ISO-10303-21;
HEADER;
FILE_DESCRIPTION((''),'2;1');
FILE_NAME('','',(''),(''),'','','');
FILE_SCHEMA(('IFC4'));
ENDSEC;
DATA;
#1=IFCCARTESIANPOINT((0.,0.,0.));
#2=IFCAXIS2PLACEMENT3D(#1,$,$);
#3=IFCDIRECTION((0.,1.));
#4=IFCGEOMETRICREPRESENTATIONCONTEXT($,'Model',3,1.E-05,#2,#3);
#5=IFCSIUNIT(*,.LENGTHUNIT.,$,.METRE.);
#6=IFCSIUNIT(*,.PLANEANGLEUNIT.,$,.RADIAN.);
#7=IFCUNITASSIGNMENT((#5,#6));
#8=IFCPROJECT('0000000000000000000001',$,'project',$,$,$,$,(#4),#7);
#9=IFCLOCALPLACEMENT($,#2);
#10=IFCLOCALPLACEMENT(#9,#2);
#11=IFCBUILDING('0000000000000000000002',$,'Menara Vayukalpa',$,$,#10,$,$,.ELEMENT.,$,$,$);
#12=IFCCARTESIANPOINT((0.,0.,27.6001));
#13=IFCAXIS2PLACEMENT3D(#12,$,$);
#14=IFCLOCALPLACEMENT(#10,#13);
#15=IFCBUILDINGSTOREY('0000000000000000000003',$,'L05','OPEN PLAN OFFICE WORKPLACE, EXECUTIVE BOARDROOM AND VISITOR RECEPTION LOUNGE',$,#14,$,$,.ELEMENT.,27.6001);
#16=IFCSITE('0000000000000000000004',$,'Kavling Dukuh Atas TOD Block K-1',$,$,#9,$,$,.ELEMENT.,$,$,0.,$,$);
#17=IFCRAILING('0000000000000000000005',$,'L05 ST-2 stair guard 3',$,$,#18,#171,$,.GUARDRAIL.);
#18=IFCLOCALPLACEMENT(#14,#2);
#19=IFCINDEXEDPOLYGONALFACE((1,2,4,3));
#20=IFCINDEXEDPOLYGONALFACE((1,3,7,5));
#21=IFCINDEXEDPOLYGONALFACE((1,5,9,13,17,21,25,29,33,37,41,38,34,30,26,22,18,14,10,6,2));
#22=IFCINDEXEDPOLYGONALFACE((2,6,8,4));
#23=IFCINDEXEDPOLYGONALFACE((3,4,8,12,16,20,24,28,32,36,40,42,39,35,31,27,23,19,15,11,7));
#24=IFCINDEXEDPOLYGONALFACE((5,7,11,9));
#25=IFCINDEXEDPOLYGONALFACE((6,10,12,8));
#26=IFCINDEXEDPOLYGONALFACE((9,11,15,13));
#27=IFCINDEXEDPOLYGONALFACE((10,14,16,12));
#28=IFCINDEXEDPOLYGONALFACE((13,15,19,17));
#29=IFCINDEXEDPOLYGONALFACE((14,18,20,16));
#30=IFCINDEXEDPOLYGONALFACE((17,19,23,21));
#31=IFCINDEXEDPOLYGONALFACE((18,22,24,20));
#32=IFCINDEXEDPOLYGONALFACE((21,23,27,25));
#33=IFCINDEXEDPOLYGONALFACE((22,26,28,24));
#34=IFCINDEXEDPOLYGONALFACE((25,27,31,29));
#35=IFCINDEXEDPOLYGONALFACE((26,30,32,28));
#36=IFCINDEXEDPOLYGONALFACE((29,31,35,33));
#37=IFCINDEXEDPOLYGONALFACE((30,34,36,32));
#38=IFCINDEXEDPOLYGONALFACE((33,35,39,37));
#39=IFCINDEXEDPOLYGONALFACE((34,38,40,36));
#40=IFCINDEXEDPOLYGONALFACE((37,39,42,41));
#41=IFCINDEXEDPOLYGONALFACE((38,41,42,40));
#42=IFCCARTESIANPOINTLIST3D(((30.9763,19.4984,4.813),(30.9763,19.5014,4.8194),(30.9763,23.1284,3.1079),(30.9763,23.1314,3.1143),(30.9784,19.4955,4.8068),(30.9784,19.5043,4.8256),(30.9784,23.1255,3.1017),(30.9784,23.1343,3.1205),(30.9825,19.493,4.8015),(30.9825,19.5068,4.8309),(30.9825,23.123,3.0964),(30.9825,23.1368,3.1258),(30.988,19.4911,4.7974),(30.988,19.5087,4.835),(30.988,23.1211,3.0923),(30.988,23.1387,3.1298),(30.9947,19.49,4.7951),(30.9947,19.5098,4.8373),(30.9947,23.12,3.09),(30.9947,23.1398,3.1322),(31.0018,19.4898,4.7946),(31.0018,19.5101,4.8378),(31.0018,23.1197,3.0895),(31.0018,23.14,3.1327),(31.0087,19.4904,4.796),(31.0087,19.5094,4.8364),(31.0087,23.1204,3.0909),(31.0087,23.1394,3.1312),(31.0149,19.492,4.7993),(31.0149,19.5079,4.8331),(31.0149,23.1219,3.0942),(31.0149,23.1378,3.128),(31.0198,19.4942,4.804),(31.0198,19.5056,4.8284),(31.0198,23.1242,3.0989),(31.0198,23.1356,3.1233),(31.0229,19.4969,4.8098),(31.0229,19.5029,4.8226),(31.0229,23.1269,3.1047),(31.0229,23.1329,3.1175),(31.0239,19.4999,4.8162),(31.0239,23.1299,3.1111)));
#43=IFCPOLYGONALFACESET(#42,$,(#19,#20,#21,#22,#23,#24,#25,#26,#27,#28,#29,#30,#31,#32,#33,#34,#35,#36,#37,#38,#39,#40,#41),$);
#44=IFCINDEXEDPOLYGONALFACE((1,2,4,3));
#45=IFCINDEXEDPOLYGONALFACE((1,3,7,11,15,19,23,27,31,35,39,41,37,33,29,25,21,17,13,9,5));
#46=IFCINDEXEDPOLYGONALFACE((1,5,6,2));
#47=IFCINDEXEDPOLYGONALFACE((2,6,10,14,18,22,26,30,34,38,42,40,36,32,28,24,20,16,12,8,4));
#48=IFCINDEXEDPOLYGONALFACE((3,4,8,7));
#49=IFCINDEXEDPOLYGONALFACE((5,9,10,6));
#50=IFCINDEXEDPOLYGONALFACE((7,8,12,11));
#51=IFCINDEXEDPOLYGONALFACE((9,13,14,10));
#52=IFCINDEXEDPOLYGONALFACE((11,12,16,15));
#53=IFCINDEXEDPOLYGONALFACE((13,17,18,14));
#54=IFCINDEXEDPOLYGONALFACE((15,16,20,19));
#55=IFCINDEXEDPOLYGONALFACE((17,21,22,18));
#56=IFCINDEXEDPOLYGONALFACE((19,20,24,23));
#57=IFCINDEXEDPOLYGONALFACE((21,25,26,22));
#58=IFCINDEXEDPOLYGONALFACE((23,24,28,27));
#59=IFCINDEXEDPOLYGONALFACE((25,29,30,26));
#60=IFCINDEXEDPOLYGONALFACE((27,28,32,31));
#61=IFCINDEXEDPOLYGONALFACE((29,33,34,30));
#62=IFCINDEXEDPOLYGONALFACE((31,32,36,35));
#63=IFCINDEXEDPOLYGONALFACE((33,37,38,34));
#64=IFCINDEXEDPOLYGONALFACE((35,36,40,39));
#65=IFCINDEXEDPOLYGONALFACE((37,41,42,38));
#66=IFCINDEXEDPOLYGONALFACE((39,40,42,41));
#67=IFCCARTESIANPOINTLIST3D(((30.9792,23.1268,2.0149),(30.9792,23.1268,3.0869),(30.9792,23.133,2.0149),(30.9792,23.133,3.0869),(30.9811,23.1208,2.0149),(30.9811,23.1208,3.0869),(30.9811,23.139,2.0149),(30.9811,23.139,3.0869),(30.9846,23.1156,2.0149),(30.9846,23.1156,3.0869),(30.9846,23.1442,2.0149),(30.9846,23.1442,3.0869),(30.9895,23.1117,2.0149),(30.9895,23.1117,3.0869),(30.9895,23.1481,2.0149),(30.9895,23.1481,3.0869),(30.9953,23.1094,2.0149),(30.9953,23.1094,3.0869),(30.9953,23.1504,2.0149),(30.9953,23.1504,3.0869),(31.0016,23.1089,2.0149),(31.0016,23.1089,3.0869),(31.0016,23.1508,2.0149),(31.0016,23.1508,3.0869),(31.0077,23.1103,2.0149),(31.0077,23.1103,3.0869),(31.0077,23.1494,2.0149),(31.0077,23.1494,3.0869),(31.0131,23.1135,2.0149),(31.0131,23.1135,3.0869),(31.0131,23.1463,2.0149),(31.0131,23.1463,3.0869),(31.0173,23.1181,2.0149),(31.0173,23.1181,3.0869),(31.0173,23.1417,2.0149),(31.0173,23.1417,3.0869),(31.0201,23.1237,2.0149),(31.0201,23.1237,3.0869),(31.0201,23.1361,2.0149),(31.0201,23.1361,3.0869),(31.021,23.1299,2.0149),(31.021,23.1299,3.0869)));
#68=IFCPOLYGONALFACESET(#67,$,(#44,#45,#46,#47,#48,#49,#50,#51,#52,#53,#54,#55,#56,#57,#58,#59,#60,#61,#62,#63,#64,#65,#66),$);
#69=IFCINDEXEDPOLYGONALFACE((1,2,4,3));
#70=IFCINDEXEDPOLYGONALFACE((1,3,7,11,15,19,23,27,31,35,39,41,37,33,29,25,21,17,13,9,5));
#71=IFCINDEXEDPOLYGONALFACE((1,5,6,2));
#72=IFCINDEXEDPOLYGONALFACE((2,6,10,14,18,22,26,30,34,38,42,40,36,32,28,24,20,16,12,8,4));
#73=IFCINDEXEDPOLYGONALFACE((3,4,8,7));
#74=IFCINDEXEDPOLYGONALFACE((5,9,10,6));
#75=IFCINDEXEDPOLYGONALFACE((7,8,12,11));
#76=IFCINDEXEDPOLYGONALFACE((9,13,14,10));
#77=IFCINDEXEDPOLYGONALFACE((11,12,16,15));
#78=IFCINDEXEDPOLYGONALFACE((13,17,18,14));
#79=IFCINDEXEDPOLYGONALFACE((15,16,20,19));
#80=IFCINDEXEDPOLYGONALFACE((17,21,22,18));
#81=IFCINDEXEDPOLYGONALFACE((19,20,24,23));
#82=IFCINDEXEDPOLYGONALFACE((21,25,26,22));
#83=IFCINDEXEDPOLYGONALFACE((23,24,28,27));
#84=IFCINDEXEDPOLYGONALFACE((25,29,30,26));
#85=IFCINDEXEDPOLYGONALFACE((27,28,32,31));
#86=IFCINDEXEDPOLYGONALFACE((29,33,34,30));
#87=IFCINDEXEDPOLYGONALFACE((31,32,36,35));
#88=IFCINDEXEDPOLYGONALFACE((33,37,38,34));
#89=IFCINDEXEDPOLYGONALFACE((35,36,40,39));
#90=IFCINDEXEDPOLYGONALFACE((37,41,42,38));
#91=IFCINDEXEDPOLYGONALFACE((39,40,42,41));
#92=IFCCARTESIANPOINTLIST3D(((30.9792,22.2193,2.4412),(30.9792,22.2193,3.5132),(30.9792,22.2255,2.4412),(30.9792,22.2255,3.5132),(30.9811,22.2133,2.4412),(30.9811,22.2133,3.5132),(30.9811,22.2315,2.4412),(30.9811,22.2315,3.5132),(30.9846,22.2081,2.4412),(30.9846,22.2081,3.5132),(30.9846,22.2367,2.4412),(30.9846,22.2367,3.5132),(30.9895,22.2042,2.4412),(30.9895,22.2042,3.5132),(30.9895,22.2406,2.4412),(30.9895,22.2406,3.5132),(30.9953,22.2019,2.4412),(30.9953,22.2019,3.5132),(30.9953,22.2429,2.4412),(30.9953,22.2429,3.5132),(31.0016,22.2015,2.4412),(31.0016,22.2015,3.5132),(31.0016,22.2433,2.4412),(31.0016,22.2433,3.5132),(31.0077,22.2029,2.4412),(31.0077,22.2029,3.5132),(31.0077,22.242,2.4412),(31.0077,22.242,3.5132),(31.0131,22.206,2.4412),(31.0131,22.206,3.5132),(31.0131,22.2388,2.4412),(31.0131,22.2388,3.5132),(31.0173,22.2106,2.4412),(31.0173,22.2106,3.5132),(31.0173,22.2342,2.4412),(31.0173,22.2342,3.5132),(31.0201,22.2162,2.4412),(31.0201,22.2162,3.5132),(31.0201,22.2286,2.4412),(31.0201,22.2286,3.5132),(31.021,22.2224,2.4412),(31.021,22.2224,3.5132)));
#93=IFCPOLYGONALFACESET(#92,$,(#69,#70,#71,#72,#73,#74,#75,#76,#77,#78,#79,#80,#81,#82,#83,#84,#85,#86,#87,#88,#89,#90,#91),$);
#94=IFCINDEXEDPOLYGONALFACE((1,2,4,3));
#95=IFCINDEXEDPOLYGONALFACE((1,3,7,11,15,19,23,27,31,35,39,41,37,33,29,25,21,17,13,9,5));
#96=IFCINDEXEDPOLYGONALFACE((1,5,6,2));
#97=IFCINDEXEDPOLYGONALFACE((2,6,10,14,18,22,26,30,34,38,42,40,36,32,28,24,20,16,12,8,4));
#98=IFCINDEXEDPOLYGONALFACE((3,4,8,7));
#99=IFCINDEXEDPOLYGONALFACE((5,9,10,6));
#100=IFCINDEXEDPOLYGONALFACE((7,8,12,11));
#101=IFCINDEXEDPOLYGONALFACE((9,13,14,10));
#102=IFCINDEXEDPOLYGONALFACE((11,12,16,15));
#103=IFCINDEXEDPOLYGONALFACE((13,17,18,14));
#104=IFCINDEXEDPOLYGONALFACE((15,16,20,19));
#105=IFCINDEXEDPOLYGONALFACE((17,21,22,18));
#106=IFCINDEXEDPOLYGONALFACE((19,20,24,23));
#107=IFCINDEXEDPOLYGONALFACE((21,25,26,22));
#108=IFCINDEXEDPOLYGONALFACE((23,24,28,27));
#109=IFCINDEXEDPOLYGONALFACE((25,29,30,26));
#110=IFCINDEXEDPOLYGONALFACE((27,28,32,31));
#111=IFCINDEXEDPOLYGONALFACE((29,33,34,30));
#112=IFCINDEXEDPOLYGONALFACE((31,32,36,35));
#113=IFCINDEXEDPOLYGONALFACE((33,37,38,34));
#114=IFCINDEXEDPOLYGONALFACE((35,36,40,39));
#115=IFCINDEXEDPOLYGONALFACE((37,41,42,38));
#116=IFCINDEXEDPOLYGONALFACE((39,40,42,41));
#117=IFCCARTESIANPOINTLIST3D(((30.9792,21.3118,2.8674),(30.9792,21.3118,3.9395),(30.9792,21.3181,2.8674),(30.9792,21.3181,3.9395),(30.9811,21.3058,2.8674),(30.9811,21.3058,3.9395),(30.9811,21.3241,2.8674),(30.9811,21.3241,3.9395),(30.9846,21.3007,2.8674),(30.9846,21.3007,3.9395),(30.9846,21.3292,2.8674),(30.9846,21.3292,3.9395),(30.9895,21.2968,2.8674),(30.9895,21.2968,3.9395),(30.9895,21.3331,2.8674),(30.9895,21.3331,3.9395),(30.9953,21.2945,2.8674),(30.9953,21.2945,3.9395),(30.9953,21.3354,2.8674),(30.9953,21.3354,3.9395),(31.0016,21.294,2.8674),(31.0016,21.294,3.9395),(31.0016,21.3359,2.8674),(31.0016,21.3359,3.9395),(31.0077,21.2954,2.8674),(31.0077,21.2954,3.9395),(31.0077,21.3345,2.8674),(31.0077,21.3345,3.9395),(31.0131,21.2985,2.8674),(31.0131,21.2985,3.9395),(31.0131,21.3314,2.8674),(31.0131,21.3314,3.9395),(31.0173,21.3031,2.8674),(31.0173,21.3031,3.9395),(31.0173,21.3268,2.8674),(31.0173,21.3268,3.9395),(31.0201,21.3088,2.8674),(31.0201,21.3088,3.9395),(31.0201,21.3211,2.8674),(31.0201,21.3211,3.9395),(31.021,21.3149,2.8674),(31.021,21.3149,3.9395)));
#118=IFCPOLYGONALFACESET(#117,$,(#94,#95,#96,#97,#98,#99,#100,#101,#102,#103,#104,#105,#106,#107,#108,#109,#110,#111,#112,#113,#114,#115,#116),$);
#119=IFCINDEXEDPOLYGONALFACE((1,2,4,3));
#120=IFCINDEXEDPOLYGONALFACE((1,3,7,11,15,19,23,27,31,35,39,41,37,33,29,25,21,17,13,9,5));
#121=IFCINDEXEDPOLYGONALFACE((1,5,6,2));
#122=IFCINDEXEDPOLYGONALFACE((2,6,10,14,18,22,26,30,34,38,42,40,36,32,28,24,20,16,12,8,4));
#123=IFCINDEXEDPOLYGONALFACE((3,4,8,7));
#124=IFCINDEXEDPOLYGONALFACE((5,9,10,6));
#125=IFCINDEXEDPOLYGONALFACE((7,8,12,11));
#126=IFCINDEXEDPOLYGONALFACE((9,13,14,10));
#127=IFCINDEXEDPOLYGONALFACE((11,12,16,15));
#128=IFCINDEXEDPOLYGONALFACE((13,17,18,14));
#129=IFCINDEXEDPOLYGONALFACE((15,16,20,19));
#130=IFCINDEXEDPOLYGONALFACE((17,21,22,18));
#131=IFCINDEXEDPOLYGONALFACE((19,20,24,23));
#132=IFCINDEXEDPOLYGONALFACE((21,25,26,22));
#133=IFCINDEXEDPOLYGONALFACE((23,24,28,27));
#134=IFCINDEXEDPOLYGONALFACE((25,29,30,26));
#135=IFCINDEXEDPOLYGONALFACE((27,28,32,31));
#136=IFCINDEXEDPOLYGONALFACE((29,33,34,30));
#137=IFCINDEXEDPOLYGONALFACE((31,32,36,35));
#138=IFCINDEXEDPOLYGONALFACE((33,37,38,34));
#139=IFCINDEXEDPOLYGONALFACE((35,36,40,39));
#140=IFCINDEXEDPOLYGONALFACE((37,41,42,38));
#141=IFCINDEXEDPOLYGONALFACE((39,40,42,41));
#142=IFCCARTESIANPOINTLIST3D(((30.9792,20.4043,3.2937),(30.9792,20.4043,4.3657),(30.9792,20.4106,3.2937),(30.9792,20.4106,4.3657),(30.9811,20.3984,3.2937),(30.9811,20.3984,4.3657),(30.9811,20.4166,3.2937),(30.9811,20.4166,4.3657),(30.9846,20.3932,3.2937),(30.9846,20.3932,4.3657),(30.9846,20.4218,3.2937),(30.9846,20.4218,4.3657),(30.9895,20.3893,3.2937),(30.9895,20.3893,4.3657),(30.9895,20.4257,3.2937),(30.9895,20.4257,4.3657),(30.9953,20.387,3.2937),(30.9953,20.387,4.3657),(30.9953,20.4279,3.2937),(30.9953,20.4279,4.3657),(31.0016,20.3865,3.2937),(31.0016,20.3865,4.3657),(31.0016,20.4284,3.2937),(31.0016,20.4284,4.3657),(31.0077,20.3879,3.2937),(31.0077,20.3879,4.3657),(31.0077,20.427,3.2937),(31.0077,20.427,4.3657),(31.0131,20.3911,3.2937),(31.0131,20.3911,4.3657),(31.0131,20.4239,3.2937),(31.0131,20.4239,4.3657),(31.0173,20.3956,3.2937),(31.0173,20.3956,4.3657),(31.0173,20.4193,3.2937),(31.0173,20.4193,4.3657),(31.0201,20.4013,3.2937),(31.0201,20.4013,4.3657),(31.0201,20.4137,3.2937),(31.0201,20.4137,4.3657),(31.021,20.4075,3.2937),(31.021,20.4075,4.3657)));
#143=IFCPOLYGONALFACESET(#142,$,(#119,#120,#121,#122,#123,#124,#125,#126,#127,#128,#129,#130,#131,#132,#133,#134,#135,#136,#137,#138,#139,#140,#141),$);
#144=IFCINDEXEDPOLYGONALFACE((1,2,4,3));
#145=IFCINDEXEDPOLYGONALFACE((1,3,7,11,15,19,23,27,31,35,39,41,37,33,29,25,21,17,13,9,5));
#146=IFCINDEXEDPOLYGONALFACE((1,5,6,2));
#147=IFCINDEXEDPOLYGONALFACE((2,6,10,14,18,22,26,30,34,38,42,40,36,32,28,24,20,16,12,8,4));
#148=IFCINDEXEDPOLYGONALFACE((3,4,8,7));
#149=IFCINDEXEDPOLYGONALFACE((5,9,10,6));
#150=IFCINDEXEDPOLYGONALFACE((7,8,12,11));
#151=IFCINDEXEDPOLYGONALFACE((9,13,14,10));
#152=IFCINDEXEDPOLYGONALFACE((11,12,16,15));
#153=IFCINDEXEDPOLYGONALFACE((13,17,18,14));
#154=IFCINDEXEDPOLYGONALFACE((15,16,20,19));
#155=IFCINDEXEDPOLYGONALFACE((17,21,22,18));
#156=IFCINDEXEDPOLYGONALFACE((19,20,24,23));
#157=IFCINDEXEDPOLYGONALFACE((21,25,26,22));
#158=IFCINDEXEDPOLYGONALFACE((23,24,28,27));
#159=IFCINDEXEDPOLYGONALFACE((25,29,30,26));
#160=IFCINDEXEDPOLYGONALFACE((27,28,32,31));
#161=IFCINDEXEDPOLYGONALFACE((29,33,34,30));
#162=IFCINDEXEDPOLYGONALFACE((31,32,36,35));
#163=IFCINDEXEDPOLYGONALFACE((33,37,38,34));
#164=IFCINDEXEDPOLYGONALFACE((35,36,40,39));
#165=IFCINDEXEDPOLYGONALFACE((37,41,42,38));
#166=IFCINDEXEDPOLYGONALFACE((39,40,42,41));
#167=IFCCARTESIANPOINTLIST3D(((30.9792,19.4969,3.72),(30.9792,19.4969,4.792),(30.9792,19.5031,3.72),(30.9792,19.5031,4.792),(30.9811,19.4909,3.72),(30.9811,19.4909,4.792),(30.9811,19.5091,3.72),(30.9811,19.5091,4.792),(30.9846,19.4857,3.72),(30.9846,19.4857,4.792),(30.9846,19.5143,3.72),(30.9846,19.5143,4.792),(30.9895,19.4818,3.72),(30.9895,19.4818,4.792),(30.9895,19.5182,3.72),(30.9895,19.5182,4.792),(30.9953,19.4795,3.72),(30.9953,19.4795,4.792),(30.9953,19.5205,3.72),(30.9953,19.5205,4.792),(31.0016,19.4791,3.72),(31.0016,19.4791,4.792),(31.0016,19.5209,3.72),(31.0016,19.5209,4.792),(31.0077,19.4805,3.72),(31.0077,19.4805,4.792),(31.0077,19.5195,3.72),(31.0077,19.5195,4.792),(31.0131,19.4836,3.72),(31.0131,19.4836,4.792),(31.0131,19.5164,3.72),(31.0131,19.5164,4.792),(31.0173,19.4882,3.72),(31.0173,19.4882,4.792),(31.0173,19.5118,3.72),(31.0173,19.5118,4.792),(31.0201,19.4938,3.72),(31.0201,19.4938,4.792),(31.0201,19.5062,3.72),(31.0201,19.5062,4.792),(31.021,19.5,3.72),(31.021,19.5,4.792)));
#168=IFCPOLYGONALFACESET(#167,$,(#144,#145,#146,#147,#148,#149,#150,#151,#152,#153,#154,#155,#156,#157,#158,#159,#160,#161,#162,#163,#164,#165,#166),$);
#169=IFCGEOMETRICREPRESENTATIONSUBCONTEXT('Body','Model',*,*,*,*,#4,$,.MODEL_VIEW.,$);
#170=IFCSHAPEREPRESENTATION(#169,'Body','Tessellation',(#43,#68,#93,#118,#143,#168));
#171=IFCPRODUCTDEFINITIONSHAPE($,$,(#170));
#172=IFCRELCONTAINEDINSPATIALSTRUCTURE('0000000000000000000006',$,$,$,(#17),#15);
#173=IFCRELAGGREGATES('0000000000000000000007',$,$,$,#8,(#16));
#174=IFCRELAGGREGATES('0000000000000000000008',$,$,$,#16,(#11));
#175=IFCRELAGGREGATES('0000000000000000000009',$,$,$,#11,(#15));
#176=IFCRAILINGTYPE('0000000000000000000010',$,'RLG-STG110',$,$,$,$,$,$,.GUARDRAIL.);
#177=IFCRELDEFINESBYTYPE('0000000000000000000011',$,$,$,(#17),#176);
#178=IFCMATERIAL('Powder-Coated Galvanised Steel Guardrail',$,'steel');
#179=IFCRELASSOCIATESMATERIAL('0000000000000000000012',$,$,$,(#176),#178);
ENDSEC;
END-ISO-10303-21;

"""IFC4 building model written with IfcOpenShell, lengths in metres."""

from ifc_helpers import new_model, si_unit, direction, frame, origin, origin_2d, place, context, subcontext, project, spatial, circle, extrude, material, type_object, element, save


model = new_model("IFC4")

# Units and contexts
model_context = context("Model", 3, precision=1e-05, world=origin(), true_north=direction((0.0, 1.0)))
body_context = subcontext(model_context, "Body", "Model", "MODEL_VIEW")
ifc_project = project(units=[si_unit("LENGTHUNIT", "METRE"), si_unit("PLANEANGLEUNIT", "RADIAN")], contexts=[model_context])

# Site, building, storey
site_placement = place(None, origin())
site = spatial("IfcSite", under=ifc_project, at=site_placement, Name="Kavling Dukuh Atas TOD Block K-1", CompositionType="ELEMENT", RefElevation=0.0)
building_placement = place(site_placement, origin())
building = spatial("IfcBuilding", under=site, at=building_placement, Name="Menara Vayukalpa", CompositionType="ELEMENT")
storey_placement = place(building_placement, frame((0.0, 0.0, 27.6001)))
storey = spatial("IfcBuildingStorey", under=building, at=storey_placement, Name="L05", Description="OPEN PLAN OFFICE WORKPLACE, EXECUTIVE BOARDROOM AND VISITOR RECEPTION LOUNGE", CompositionType="ELEMENT", Elevation=27.6001)

# Railing
ifc_material_1 = material(Name="Powder-Coated Galvanised Steel Guardrail", Category="steel")
railing_type = type_object("IfcRailingType", Name="RLG-STG110", PredefinedType="GUARDRAIL", material=ifc_material_1)
railing_1_placement = place(storey_placement, frame((31.0, 23.1299, 2.0149)))
element("IfcRailing", 1, at=railing_1_placement, inside=storey, type_object=railing_type, Name="L05 ST-2 stair guard 3", PredefinedType="GUARDRAIL", context=body_context, shape_type="SweptSolid", body=[
    extrude(circle(Radius=0.0239, at=origin_2d()), frame((0.0, 0.0, 1.0962), z_axis=(0.0, -0.905116, 0.425164), x_axis=(1.0, 0.0, 0.0)), (0.0, 0.0, 1.0), 4.0105),
    extrude(circle(Radius=0.021, at=origin_2d()), origin(), (0.0, 0.0, 1.0), 1.072),
    extrude(circle(Radius=0.021, at=origin_2d()), frame((0.0, -0.9075, 0.4263)), (0.0, 0.0, 1.0), 1.072),
    extrude(circle(Radius=0.021, at=origin_2d()), frame((0.0, -1.8149, 0.8525)), (0.0, 0.0, 1.0), 1.072),
    extrude(circle(Radius=0.021, at=origin_2d()), frame((0.0, -2.7224, 1.2788)), (0.0, 0.0, 1.0), 1.072),
    extrude(circle(Radius=0.021, at=origin_2d()), frame((0.0, -3.6299, 1.7051)), (0.0, 0.0, 1.0), 1.072),
])

save(model, "model.ifc")
